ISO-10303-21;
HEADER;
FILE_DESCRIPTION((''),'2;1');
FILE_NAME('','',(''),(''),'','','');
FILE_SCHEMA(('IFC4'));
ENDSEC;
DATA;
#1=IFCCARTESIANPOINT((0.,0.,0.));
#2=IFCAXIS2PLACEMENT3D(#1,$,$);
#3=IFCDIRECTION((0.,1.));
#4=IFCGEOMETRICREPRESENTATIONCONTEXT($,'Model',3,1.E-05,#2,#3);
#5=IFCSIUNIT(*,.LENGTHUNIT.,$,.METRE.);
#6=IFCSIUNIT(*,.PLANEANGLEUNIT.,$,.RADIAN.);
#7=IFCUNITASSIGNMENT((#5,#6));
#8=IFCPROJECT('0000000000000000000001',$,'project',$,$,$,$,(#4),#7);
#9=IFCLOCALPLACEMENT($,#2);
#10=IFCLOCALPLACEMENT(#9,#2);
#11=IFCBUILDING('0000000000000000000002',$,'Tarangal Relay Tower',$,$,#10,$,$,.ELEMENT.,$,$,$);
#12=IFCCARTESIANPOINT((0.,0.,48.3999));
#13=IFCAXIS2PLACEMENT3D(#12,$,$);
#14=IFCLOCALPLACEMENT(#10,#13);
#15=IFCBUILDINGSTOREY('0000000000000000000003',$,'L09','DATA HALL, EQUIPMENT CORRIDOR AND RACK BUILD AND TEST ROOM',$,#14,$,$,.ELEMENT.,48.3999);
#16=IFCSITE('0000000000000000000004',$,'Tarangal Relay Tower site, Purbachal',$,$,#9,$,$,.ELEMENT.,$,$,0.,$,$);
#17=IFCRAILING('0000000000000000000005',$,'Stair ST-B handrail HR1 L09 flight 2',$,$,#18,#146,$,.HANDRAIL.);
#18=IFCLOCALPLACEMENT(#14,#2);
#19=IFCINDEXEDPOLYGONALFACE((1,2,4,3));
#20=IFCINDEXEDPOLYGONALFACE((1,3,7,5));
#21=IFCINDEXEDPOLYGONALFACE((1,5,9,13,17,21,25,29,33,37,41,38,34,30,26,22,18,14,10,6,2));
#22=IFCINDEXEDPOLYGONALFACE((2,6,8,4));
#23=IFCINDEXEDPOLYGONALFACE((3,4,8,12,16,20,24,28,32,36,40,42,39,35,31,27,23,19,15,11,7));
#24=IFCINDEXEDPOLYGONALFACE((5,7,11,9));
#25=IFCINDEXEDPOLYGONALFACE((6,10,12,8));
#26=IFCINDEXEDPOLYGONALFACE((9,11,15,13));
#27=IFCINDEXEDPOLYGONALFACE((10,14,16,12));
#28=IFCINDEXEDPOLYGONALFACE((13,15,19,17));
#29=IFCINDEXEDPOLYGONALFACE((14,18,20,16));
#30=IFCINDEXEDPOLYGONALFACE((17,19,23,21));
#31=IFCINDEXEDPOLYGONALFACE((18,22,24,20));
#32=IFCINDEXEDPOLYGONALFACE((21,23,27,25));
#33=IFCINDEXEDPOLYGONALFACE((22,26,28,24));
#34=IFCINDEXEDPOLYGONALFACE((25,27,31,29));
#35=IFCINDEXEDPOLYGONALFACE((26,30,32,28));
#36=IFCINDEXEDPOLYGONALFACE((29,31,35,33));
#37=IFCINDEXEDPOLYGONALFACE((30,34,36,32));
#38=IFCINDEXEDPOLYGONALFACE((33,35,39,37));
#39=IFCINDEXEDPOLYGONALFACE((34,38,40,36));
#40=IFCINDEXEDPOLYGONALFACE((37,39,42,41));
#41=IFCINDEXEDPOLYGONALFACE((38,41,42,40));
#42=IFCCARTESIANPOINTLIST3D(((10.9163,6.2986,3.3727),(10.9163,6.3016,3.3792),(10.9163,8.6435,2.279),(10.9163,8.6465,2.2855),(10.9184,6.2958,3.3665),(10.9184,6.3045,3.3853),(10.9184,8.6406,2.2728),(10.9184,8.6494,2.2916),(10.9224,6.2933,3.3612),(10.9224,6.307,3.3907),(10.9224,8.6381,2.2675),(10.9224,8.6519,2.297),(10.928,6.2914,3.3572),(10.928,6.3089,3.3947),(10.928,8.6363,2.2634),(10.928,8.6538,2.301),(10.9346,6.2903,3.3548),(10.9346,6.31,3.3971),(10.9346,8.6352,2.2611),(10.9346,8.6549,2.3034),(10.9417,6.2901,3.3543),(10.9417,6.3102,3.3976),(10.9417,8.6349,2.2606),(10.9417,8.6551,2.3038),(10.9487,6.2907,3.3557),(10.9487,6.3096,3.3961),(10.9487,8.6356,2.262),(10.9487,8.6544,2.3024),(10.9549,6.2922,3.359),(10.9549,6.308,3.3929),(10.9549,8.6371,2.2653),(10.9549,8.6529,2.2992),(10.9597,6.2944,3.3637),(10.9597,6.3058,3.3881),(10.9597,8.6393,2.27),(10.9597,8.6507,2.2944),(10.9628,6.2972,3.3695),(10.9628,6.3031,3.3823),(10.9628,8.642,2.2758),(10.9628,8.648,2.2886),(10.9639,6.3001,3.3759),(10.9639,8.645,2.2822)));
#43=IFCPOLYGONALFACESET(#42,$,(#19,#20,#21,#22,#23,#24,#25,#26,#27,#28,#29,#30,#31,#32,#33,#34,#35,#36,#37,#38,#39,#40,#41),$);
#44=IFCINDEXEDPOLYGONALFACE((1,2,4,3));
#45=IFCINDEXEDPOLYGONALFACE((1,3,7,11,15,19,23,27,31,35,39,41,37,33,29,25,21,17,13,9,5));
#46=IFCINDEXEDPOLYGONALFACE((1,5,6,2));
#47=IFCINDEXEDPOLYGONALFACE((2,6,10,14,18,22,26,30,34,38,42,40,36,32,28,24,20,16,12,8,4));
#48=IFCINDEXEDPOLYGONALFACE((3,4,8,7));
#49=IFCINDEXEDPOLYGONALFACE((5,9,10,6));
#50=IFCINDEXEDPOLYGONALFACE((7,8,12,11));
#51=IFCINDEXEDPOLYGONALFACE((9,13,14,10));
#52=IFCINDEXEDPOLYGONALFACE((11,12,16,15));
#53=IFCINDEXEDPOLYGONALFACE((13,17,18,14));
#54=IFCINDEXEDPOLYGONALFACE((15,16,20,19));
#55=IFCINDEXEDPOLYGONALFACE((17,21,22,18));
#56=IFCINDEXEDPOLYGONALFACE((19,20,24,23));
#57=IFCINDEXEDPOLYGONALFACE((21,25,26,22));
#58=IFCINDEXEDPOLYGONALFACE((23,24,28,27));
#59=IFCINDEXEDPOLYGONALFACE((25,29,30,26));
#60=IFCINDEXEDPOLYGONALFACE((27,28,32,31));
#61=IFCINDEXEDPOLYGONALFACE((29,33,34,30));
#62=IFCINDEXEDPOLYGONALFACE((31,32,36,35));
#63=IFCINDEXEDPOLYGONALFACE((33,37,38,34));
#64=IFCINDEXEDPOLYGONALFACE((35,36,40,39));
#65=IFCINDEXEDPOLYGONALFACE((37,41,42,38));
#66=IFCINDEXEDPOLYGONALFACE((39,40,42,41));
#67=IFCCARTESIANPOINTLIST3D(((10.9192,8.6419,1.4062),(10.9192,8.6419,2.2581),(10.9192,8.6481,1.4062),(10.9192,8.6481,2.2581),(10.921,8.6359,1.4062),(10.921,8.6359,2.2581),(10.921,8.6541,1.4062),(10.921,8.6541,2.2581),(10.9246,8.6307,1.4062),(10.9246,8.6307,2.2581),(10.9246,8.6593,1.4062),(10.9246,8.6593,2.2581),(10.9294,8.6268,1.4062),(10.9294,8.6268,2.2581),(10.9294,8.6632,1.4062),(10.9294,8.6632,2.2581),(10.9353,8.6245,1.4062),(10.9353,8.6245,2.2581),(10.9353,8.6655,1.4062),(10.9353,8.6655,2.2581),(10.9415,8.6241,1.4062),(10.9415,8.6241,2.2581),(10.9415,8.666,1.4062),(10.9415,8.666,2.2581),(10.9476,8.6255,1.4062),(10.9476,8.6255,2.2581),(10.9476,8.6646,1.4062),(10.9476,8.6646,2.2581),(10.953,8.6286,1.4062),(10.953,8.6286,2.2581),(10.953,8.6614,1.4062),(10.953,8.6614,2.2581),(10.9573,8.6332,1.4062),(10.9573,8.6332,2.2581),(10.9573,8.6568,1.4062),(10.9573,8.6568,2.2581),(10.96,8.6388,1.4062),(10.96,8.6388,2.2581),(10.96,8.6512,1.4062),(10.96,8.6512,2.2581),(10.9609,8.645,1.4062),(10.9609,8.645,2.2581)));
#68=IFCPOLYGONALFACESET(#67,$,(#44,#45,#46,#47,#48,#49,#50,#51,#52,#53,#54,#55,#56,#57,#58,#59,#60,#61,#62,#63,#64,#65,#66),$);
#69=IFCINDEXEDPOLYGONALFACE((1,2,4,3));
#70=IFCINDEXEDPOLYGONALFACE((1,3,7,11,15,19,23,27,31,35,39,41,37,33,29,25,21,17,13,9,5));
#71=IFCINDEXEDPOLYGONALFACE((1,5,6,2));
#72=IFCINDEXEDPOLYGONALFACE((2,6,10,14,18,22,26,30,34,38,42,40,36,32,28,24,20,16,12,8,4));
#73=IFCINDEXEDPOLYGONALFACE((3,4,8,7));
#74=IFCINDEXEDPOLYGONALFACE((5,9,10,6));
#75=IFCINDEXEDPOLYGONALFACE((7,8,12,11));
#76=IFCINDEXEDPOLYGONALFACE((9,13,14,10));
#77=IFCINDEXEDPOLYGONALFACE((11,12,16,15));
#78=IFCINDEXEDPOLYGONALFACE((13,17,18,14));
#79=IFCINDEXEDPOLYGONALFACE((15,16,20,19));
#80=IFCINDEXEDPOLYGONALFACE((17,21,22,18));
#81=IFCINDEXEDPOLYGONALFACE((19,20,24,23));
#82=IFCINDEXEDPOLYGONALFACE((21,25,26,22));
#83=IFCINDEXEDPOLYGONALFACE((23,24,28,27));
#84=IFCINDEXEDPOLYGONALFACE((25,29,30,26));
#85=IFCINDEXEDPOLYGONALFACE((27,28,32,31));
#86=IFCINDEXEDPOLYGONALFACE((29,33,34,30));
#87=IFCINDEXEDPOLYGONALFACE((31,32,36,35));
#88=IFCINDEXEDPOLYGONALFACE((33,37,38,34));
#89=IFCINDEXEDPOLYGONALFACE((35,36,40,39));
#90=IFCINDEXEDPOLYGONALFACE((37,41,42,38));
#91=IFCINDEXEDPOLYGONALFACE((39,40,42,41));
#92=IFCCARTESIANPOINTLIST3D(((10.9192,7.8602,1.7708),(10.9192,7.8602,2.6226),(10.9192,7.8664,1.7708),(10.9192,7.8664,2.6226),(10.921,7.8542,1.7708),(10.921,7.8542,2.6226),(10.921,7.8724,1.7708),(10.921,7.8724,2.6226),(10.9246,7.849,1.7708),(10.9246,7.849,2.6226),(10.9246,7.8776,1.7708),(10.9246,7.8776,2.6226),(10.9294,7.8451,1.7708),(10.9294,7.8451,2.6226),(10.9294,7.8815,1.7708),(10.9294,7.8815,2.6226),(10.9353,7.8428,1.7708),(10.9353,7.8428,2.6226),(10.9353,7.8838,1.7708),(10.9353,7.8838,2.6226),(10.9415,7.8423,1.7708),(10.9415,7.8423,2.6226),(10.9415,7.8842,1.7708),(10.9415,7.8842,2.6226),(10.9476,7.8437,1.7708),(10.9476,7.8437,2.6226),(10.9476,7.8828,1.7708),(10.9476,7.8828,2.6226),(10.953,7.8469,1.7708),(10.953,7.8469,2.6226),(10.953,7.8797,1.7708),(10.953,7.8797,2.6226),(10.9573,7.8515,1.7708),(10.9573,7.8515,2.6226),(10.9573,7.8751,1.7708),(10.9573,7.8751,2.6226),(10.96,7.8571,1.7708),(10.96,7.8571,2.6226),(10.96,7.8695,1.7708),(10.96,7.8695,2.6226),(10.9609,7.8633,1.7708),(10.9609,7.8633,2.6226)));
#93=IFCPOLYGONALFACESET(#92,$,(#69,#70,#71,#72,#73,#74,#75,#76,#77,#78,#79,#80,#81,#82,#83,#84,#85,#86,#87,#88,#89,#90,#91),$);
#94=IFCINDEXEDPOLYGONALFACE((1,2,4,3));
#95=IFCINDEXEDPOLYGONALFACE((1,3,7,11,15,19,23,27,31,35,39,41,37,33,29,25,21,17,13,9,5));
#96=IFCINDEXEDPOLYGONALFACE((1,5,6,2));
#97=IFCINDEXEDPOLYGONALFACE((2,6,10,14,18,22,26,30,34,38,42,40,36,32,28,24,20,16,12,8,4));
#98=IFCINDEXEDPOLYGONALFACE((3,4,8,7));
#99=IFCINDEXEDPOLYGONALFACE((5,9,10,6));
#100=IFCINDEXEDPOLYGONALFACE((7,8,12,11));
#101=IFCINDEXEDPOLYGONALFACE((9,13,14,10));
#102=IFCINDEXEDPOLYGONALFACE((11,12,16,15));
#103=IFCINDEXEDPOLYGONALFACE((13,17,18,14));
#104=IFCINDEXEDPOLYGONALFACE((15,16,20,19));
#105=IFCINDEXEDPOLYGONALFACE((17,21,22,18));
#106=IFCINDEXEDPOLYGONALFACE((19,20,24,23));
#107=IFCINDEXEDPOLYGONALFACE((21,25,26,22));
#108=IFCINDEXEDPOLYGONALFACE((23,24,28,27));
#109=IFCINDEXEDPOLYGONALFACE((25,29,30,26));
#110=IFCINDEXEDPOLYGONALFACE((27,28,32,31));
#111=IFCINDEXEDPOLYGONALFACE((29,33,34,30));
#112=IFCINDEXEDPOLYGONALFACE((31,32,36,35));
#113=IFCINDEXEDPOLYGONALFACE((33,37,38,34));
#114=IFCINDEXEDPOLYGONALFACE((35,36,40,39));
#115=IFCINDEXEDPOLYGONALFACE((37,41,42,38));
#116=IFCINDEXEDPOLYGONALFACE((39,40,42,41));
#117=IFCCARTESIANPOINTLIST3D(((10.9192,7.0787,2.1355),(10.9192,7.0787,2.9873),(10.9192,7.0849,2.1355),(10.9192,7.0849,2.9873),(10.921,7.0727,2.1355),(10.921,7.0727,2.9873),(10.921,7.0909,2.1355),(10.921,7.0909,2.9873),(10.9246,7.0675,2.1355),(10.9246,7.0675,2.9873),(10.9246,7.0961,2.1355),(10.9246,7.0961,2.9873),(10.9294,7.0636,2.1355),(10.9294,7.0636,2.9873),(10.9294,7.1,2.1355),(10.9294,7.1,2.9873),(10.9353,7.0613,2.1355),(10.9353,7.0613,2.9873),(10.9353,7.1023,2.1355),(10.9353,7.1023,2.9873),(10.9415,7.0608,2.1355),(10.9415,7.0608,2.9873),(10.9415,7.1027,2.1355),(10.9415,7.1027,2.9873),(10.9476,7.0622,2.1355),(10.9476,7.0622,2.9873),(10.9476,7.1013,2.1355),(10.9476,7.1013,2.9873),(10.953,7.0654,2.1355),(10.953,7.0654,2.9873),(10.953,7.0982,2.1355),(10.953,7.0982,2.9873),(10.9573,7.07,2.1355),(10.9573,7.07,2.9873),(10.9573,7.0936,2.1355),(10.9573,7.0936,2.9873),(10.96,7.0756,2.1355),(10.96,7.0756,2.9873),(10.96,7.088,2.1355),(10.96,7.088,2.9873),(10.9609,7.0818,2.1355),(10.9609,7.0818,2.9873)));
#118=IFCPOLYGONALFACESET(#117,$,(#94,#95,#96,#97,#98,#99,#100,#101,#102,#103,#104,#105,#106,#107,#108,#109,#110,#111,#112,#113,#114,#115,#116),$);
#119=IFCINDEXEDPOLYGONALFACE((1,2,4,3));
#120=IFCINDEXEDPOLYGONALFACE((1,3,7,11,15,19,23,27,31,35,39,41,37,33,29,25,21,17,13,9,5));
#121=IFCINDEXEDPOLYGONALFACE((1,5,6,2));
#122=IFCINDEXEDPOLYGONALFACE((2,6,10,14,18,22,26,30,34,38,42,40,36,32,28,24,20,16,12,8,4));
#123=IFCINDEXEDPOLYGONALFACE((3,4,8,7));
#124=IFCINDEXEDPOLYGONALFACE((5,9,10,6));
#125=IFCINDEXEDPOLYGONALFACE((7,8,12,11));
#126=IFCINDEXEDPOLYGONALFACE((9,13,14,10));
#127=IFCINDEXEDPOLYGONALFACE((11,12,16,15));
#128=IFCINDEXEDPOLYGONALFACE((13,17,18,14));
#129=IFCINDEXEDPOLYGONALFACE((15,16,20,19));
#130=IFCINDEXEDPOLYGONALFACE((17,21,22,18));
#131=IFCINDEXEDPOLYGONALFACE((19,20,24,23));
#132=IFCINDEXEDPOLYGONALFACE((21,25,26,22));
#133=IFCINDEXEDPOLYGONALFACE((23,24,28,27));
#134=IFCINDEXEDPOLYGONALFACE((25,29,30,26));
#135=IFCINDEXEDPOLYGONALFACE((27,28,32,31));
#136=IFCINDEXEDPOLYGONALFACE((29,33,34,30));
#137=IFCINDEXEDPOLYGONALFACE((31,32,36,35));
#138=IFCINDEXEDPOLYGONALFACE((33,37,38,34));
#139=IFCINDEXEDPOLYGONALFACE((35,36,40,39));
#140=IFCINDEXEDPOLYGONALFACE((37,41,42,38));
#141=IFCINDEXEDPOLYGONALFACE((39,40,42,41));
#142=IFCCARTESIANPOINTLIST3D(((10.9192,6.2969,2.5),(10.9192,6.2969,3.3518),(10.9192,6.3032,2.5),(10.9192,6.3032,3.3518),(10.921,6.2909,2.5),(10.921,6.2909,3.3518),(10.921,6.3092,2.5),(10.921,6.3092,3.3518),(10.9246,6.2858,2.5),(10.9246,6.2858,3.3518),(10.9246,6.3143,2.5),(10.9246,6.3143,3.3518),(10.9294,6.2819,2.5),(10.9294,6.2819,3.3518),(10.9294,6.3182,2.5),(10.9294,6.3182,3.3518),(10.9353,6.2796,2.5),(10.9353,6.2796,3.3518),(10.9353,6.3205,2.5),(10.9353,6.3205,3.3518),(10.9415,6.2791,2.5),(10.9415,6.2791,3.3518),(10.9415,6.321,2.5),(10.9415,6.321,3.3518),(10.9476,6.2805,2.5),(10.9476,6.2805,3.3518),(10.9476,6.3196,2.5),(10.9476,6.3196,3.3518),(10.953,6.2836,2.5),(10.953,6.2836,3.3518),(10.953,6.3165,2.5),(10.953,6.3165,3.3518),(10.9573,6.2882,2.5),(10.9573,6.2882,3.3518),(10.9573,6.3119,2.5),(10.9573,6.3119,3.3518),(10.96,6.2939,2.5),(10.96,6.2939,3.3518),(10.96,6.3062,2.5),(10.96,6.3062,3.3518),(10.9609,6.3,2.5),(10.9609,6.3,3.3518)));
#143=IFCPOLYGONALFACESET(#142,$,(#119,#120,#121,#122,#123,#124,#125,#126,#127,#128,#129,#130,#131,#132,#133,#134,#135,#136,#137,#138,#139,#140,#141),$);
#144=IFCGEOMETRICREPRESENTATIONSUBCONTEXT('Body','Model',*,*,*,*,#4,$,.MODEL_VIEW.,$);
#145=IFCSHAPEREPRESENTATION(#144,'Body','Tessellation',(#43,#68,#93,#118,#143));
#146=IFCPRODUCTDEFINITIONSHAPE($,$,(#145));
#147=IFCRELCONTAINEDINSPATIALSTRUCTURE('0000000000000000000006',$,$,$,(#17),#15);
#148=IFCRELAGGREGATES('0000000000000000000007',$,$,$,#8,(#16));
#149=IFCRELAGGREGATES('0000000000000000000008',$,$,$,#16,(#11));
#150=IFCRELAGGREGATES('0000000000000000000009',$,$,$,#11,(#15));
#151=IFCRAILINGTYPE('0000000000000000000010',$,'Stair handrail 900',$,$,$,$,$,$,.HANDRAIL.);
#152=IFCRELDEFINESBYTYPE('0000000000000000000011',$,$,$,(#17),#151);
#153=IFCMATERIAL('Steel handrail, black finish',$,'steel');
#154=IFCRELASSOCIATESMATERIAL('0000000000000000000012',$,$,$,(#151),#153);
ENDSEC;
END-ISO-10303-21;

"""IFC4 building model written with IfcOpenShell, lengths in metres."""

from ifc_helpers import new_model, si_unit, direction, frame, origin, origin_2d, place, context, subcontext, project, spatial, circle, extrude, material, type_object, element, save


model = new_model("IFC4")

# Units and contexts
model_context = context("Model", 3, precision=1e-05, world=origin(), true_north=direction((0.0, 1.0)))
body_context = subcontext(model_context, "Body", "Model", "MODEL_VIEW")
ifc_project = project(units=[si_unit("LENGTHUNIT", "METRE"), si_unit("PLANEANGLEUNIT", "RADIAN")], contexts=[model_context])

# Site, building, storey
site_placement = place(None, origin())
site = spatial("IfcSite", under=ifc_project, at=site_placement, Name="Tarangal Relay Tower site, Purbachal", CompositionType="ELEMENT", RefElevation=0.0)
building_placement = place(site_placement, origin())
building = spatial("IfcBuilding", under=site, at=building_placement, Name="Tarangal Relay Tower", CompositionType="ELEMENT")
storey_placement = place(building_placement, frame((0.0, 0.0, 48.3999)))
storey = spatial("IfcBuildingStorey", under=building, at=storey_placement, Name="L09", Description="DATA HALL, EQUIPMENT CORRIDOR AND RACK BUILD AND TEST ROOM", CompositionType="ELEMENT", Elevation=48.3999)

# Railing
ifc_material_1 = material(Name="Steel handrail, black finish", Category="steel")
railing_type_1 = type_object("IfcRailingType", Name="Stair handrail 900", PredefinedType="HANDRAIL", material=ifc_material_1)
for number, where, name in (
    (1, (10.9399, 8.645, 1.4062), "Stair ST-B handrail HR1 L09 flight 2"),
):
    element("IfcRailing", number, at=place(storey_placement, frame(where)), inside=storey, type_object=railing_type_1, Name=name, PredefinedType="HANDRAIL", context=body_context, shape_type="SweptSolid", body=[
        extrude(circle(Radius=0.0239, at=origin_2d()), frame((0.0, 0.0, 0.876), z_axis=(0.0, -0.906267, 0.422705), x_axis=(1.0, 0.0, 0.0)), (0.0, 0.0, 1.0), 2.5874),
        extrude(circle(Radius=0.021, at=origin_2d()), origin(), (0.0, 0.0, 1.0), 0.8518),
        extrude(circle(Radius=0.021, at=origin_2d()), frame((0.0, -0.7817, 0.3645)), (0.0, 0.0, 1.0), 0.8518),
        extrude(circle(Radius=0.021, at=origin_2d()), frame((0.0, -1.5632, 0.7292)), (0.0, 0.0, 1.0), 0.8518),
        extrude(circle(Radius=0.021, at=origin_2d()), frame((0.0, -2.345, 1.0938)), (0.0, 0.0, 1.0), 0.8518),
    ])

save(model, "model.ifc")
